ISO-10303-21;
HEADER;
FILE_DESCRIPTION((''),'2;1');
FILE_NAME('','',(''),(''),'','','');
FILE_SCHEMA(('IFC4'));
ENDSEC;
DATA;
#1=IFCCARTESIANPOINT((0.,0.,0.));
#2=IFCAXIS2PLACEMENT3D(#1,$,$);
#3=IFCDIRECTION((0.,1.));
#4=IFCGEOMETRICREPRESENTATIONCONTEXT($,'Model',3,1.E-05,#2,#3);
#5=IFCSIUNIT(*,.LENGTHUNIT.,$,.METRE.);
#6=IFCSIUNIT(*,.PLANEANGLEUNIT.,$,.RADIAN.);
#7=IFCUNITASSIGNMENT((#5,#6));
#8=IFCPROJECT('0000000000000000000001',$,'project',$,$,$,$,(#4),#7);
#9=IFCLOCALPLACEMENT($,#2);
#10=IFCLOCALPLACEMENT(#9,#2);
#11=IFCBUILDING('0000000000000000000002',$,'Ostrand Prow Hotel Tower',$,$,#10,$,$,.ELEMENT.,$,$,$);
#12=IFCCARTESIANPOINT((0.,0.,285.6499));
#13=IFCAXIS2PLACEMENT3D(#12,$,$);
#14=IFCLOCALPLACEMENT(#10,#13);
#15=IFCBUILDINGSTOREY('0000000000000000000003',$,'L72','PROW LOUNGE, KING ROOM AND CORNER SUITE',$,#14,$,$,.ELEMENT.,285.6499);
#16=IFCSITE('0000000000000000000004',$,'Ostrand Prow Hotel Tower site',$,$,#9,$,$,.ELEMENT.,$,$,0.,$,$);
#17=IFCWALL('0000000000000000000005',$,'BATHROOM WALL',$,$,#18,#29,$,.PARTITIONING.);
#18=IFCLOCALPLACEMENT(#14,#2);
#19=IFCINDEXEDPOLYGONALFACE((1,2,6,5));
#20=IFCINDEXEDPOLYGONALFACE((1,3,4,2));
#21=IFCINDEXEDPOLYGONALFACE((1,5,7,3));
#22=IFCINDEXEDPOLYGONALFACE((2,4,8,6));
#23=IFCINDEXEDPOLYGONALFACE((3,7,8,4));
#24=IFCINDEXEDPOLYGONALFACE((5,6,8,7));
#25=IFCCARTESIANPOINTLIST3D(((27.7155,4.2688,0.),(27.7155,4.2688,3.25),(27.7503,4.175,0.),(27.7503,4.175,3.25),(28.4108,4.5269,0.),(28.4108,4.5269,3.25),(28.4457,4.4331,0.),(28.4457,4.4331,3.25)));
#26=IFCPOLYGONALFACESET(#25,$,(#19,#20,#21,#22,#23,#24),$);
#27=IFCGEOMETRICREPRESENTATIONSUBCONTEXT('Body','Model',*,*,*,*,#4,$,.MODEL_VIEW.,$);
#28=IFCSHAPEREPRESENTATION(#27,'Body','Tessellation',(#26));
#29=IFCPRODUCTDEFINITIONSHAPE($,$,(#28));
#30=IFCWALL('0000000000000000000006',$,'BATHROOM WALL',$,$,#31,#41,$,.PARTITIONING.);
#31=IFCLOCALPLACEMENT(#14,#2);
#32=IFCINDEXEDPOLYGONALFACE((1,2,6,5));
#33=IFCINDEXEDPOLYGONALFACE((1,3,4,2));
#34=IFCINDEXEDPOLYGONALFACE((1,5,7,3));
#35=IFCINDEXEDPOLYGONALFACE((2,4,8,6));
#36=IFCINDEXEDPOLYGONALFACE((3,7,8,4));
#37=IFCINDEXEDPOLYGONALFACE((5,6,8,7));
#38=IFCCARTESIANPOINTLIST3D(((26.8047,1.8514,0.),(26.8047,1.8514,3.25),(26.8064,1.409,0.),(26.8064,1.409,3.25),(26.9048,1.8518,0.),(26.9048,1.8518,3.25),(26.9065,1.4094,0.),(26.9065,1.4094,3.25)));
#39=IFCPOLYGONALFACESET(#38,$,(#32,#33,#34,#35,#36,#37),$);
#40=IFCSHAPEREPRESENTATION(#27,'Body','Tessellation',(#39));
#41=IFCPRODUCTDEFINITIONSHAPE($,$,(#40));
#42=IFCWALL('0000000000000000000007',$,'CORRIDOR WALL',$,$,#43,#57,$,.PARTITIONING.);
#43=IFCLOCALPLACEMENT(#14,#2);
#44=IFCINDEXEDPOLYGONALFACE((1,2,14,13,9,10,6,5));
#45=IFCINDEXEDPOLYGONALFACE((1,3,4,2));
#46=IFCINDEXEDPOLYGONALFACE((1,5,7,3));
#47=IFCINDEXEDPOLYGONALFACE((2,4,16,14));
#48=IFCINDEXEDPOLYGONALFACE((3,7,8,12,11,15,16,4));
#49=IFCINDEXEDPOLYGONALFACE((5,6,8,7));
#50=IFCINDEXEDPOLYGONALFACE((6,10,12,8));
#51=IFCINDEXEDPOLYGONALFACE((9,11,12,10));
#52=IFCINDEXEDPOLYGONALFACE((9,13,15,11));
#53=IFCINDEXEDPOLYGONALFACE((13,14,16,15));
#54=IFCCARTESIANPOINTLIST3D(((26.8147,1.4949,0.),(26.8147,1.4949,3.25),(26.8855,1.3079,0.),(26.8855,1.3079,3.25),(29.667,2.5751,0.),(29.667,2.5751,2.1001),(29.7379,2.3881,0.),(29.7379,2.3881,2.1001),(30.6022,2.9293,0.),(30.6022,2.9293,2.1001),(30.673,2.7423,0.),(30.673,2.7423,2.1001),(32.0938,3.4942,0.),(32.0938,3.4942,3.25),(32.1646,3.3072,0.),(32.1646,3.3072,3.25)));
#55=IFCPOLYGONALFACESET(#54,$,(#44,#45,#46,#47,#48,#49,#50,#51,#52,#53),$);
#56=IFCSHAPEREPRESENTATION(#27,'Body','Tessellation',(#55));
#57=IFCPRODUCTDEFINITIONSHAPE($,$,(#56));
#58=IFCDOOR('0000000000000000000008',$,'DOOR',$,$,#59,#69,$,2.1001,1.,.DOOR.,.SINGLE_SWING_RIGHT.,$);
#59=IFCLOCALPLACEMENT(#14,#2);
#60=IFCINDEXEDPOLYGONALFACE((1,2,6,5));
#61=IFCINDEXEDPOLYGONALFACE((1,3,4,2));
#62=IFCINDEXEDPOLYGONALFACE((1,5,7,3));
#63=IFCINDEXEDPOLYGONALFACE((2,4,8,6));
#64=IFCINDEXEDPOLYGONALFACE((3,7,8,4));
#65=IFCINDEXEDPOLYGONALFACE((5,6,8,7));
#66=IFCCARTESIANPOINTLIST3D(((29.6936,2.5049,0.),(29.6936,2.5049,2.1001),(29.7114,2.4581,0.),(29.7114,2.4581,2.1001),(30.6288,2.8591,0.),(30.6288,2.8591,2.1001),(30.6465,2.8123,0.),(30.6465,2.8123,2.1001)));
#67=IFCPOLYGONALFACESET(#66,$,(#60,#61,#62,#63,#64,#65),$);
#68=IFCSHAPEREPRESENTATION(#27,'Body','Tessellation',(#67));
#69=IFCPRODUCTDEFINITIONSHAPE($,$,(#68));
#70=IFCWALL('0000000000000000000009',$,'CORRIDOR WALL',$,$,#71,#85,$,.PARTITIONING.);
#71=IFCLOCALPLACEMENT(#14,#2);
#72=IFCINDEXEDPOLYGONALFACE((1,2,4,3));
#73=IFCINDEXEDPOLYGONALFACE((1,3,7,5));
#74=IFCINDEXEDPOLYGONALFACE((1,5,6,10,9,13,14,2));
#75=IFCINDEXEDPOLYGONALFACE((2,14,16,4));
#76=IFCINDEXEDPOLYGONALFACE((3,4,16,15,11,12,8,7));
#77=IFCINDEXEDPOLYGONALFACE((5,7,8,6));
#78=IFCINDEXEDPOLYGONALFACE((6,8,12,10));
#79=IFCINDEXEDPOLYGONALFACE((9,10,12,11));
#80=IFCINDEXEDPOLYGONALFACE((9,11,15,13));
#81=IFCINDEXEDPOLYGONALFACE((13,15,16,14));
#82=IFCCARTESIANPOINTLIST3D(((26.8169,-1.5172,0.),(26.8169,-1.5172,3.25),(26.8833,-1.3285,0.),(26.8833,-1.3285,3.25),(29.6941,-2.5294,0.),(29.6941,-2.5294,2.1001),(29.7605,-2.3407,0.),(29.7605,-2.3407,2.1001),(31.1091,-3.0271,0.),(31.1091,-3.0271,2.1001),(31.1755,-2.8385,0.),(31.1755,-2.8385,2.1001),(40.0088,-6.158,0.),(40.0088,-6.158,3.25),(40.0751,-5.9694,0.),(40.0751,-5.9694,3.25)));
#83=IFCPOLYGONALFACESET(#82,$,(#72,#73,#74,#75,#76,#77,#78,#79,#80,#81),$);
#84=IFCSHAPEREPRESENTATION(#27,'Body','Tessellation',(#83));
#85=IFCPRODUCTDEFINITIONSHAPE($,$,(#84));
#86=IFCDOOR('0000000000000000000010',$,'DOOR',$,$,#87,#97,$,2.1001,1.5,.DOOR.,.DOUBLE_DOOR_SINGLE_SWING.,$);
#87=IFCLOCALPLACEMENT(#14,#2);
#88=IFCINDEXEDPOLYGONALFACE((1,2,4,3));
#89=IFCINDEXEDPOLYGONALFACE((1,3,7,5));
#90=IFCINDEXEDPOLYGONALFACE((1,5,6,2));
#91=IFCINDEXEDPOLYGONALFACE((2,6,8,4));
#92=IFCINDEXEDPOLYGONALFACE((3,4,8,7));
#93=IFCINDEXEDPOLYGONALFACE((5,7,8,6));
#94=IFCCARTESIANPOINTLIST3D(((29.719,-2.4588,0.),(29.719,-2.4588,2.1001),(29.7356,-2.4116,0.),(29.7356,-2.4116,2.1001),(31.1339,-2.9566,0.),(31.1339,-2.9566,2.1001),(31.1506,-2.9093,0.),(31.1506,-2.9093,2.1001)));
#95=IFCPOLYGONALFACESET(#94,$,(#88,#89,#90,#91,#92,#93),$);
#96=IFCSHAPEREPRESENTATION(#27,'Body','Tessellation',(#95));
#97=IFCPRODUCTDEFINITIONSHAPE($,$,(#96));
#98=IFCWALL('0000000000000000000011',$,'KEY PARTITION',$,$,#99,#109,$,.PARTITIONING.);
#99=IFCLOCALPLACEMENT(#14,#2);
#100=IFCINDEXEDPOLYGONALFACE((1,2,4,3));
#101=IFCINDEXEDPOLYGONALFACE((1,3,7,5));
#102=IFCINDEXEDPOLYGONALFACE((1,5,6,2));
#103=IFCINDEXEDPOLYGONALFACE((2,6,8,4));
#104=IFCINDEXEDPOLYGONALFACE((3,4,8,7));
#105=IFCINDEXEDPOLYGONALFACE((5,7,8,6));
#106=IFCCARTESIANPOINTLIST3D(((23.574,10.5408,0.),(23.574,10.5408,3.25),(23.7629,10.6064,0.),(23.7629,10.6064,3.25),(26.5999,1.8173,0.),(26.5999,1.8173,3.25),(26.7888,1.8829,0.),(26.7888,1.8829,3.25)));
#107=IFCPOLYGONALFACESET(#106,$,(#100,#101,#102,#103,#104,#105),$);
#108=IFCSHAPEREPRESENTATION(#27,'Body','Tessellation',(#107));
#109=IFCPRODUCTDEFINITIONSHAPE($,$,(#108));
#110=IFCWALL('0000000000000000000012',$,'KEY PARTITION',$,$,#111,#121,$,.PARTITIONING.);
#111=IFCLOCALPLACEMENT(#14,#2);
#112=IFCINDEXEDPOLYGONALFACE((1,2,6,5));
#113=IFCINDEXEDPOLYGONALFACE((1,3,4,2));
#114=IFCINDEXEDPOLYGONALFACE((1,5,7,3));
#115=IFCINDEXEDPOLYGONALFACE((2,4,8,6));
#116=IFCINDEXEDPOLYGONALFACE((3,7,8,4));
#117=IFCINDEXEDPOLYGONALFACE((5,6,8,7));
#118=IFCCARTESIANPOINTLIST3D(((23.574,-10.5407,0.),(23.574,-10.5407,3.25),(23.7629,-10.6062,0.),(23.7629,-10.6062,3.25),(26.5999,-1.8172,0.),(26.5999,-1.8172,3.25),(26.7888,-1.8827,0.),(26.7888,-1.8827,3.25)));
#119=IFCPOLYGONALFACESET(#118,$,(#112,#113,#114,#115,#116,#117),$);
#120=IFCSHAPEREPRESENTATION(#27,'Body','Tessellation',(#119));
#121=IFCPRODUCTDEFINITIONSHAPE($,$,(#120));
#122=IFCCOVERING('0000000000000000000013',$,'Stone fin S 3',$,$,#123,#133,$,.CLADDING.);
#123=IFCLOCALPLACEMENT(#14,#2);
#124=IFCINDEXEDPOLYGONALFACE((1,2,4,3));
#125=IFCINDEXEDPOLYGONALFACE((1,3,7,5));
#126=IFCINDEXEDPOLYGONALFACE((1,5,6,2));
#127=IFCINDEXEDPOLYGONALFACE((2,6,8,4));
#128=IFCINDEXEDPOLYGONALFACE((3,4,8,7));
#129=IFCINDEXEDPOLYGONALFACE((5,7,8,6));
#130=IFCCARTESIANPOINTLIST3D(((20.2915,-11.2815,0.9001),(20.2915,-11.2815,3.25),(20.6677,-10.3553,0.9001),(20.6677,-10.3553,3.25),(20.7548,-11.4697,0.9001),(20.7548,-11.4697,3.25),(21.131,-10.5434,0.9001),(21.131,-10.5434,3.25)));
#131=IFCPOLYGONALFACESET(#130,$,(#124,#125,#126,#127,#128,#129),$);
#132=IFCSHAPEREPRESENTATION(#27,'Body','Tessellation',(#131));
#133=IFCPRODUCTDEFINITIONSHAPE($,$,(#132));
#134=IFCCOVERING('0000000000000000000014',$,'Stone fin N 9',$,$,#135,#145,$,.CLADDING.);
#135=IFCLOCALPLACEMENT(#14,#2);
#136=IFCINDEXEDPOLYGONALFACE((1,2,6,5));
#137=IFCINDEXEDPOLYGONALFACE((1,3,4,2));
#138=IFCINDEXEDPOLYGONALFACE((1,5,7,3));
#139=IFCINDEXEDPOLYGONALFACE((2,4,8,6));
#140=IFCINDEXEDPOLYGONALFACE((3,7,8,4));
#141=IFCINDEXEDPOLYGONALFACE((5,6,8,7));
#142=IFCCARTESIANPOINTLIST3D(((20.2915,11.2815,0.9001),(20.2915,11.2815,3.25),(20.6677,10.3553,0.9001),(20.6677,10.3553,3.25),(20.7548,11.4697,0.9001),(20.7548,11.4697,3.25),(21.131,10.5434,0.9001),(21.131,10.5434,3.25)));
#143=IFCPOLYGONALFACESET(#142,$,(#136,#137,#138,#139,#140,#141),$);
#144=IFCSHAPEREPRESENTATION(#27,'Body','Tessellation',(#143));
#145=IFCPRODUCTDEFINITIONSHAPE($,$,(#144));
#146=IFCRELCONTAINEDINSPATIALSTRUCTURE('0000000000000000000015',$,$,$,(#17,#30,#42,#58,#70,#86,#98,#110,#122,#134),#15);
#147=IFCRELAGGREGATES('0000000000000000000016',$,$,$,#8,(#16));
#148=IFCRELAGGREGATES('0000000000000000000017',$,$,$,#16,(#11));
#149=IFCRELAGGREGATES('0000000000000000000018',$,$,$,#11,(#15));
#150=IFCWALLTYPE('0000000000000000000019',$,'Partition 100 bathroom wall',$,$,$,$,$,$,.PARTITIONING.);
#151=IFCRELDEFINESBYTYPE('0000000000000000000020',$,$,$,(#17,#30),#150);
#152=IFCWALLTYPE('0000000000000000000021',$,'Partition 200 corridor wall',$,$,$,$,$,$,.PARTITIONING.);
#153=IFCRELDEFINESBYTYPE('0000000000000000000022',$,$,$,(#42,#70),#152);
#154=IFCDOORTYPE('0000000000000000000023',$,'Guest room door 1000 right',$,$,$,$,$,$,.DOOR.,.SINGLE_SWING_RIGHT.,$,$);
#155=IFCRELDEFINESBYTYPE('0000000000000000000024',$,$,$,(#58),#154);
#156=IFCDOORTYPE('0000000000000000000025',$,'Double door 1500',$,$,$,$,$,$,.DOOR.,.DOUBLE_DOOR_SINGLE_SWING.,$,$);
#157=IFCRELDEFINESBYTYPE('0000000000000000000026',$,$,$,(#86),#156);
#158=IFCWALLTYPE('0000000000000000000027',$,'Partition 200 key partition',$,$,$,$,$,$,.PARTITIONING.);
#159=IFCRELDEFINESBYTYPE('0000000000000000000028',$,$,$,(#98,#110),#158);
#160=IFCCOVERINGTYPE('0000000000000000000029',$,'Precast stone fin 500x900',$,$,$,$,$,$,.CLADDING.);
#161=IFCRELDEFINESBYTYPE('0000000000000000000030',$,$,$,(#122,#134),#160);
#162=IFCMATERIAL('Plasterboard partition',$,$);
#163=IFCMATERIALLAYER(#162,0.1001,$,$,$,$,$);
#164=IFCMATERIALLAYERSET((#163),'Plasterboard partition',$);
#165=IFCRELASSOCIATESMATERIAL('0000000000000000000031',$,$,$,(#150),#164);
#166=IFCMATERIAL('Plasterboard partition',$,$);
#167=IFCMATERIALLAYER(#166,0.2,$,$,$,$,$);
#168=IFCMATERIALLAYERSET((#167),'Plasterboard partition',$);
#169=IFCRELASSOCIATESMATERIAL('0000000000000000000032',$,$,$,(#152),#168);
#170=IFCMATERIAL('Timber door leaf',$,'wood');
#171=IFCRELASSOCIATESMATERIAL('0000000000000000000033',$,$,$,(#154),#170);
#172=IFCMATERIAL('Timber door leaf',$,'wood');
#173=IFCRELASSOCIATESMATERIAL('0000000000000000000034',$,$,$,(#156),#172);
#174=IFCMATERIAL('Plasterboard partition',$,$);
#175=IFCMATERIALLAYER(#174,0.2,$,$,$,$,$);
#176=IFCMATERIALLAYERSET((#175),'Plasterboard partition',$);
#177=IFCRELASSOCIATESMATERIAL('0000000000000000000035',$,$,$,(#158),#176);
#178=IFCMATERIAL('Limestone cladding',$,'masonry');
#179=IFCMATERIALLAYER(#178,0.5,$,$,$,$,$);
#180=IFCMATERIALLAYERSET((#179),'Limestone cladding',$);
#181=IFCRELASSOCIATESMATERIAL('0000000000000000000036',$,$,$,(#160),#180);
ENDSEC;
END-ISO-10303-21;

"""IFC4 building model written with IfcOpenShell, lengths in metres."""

from ifc_helpers import new_model, si_unit, direction, frame, frame_2d, origin, place, context, subcontext, project, spatial, rectangle, extrude, material, layer, layer_set, type_object, element, fill, save


model = new_model("IFC4")

# Units and contexts
model_context = context("Model", 3, precision=1e-05, world=origin(), true_north=direction((0.0, 1.0)))
body_context = subcontext(model_context, "Body", "Model", "MODEL_VIEW")
ifc_project = project(units=[si_unit("LENGTHUNIT", "METRE"), si_unit("PLANEANGLEUNIT", "RADIAN")], contexts=[model_context])

# Site, building, storey
site_placement = place(None, origin())
site = spatial("IfcSite", under=ifc_project, at=site_placement, Name="Ostrand Prow Hotel Tower site", CompositionType="ELEMENT", RefElevation=0.0)
building_placement = place(site_placement, origin())
building = spatial("IfcBuilding", under=site, at=building_placement, Name="Ostrand Prow Hotel Tower", CompositionType="ELEMENT")
storey_placement = place(building_placement, frame((0.0, 0.0, 285.6499)))
storey = spatial("IfcBuildingStorey", under=building, at=storey_placement, Name="L72", Description="PROW LOUNGE, KING ROOM AND CORNER SUITE", CompositionType="ELEMENT", Elevation=285.6499)

# Walls
ifc_material_1 = material(Name="Plasterboard partition")
ifc_layer_1 = layer(ifc_material_1, 0.1001)
ifc_layer_set_1 = layer_set([ifc_layer_1], Name="Plasterboard partition")
wall_type_1 = type_object("IfcWallType", Name="Partition 100 bathroom wall", PredefinedType="PARTITIONING", material=ifc_layer_set_1)
wall_1_placement = place(storey_placement, frame((27.7329, 4.2219, 0.0), z_axis=(0.0, 0.0, 1.0), x_axis=(0.937514, 0.347947, 0.0)))
element("IfcWall", 1, at=wall_1_placement, inside=storey, type_object=wall_type_1, Name="BATHROOM WALL", PredefinedType="PARTITIONING", context=body_context, shape_type="SweptSolid", body=[
    extrude(rectangle(XDim=0.7417, YDim=0.1001, at=frame_2d((0.3708, 0.0))), origin(), (0.0, 0.0, 1.0), 3.25),
])
wall_2_placement = place(storey_placement, frame((26.8564, 1.4092, 0.0), z_axis=(0.0, 0.0, 1.0), x_axis=(-0.003863, 0.999993, 0.0)))
element("IfcWall", 2, at=wall_2_placement, inside=storey, type_object=wall_type_1, Name="BATHROOM WALL", PredefinedType="PARTITIONING", context=body_context, shape_type="SweptSolid", body=[
    extrude(rectangle(XDim=0.4424, YDim=0.1001, at=frame_2d((0.2212, 0.0))), origin(), (0.0, 0.0, 1.0), 3.25),
])

# Walls, openings, doors
ifc_material_2 = material(Name="Plasterboard partition")
ifc_layer_2 = layer(ifc_material_2, 0.2)
ifc_layer_set_2 = layer_set([ifc_layer_2], Name="Plasterboard partition")
wall_type_2 = type_object("IfcWallType", Name="Partition 200 corridor wall", PredefinedType="PARTITIONING", material=ifc_layer_set_2)
wall_3_placement = place(storey_placement, frame((26.8501, 1.4014, 0.0), z_axis=(0.0, 0.0, 1.0), x_axis=(0.935181, 0.354169, 0.0)))
wall_3 = element("IfcWall", 3, at=wall_3_placement, inside=storey, type_object=wall_type_2, Name="CORRIDOR WALL", PredefinedType="PARTITIONING", context=body_context, shape_type="SweptSolid", body=[
    extrude(rectangle(XDim=5.645, YDim=0.2, at=frame_2d((2.8225, 0.0))), origin(), (0.0, 0.0, 1.0), 3.25),
])
opening_1_placement = place(wall_3_placement, frame((3.05, 0.0, 0.0)))
opening_1 = element("IfcOpeningElement", 4, at=opening_1_placement, cuts=wall_3, PredefinedType="OPENING", context=body_context, shape_type="SweptSolid", body=[
    extrude(rectangle(XDim=1.0, YDim=2.1001, at=frame_2d((0.5, 1.05))), frame((0.0, 0.1099, 0.0), z_axis=(0.0, -1.0, 0.0), x_axis=(1.0, 0.0, 0.0)), (0.0, 0.0, 1.0), 0.22),
])
ifc_material_3 = material(Name="Timber door leaf", Category="wood")
door_type_1 = type_object("IfcDoorType", Name="Guest room door 1000 right", OperationType="SINGLE_SWING_RIGHT", PredefinedType="DOOR", material=ifc_material_3)
door_1_placement = place(opening_1_placement, origin())
door_1 = element("IfcDoor", 5, at=door_1_placement, inside=storey, type_object=door_type_1, Name="DOOR", OperationType="SINGLE_SWING_RIGHT", OverallHeight=2.1001, OverallWidth=1.0, PredefinedType="DOOR", context=body_context, shape_type="SweptSolid", body=[
    extrude(rectangle(XDim=1.0, YDim=2.1001, at=frame_2d((0.5, 1.05))), frame((0.0, 0.0249, 0.0), z_axis=(0.0, -1.0, 0.0), x_axis=(1.0, 0.0, 0.0)), (0.0, 0.0, 1.0), 0.05),
])
fill(opening_1, door_1)
wall_4_placement = place(storey_placement, frame((26.8501, -1.4229, 0.0), z_axis=(0.0, 0.0, 1.0), x_axis=(0.943329, -0.33186, 0.0)))
wall_4 = element("IfcWall", 6, at=wall_4_placement, inside=storey, type_object=wall_type_2, Name="CORRIDOR WALL", PredefinedType="PARTITIONING", context=body_context, shape_type="SweptSolid", body=[
    extrude(rectangle(XDim=13.9844, YDim=0.2, at=frame_2d((6.9922, 0.0))), origin(), (0.0, 0.0, 1.0), 3.25),
])
opening_2_placement = place(wall_4_placement, frame((3.05, 0.0, 0.0)))
opening_2 = element("IfcOpeningElement", 7, at=opening_2_placement, cuts=wall_4, PredefinedType="OPENING", context=body_context, shape_type="SweptSolid", body=[
    extrude(rectangle(XDim=1.5, YDim=2.1001, at=frame_2d((0.75, 1.05))), frame((0.0, 0.1099, 0.0), z_axis=(0.0, -1.0, 0.0), x_axis=(1.0, 0.0, 0.0)), (0.0, 0.0, 1.0), 0.22),
])
ifc_material_4 = material(Name="Timber door leaf", Category="wood")
door_type_2 = type_object("IfcDoorType", Name="Double door 1500", OperationType="DOUBLE_DOOR_SINGLE_SWING", PredefinedType="DOOR", material=ifc_material_4)
door_2_placement = place(opening_2_placement, origin())
door_2 = element("IfcDoor", 8, at=door_2_placement, inside=storey, type_object=door_type_2, Name="DOOR", OperationType="DOUBLE_DOOR_SINGLE_SWING", OverallHeight=2.1001, OverallWidth=1.5, PredefinedType="DOOR", context=body_context, shape_type="SweptSolid", body=[
    extrude(rectangle(XDim=1.5, YDim=2.1001, at=frame_2d((0.75, 1.05))), frame((0.0, 0.0249, 0.0), z_axis=(0.0, -1.0, 0.0), x_axis=(1.0, 0.0, 0.0)), (0.0, 0.0, 1.0), 0.05),
])
fill(opening_2, door_2)

# Walls
ifc_material_5 = material(Name="Plasterboard partition")
ifc_layer_3 = layer(ifc_material_5, 0.2)
ifc_layer_set_3 = layer_set([ifc_layer_3], Name="Plasterboard partition")
wall_type_3 = type_object("IfcWallType", Name="Partition 200 key partition", PredefinedType="PARTITIONING", material=ifc_layer_set_3)
for number, where, z_axis, x_axis, name in (
    (9, (26.6943, 1.8501, 0.0), (0.0, 0.0, 1.0), (-0.327714, 0.944777, 0.0), "KEY PARTITION"),
    (10, (23.6685, -10.5735, 0.0), (0.0, 0.0, 1.0), (0.327714, 0.944777, 0.0), "KEY PARTITION"),
):
    element("IfcWall", number, at=place(storey_placement, frame(where, z_axis=z_axis, x_axis=x_axis)), inside=storey, type_object=wall_type_3, Name=name, PredefinedType="PARTITIONING", context=body_context, shape_type="SweptSolid", body=[
        extrude(rectangle(XDim=9.2334, YDim=0.2, at=frame_2d((4.6167, 0.0))), origin(), (0.0, 0.0, 1.0), 3.25),
    ])

# Coverings
ifc_material_6 = material(Name="Limestone cladding", Category="masonry")
ifc_layer_4 = layer(ifc_material_6, 0.5)
ifc_layer_set_4 = layer_set([ifc_layer_4], Name="Limestone cladding")
covering_type = type_object("IfcCoveringType", Name="Precast stone fin 500x900", PredefinedType="CLADDING", material=ifc_layer_set_4)
for number, where, z_axis, x_axis, name in (
    (11, (20.8994, -10.4492, 0.9001), (0.0, 0.0, 1.0), (-0.376312, -0.926493, 0.0), "Stone fin S 3"),
    (12, (20.8994, 10.4492, 0.9001), (0.0, 0.0, 1.0), (-0.376312, 0.926493, 0.0), "Stone fin N 9"),
):
    element("IfcCovering", number, at=place(storey_placement, frame(where, z_axis=z_axis, x_axis=x_axis)), inside=storey, type_object=covering_type, Name=name, PredefinedType="CLADDING", context=body_context, shape_type="SweptSolid", body=[
        extrude(rectangle(XDim=0.9998, YDim=0.5, at=frame_2d((0.5, 0.0))), origin(), (0.0, 0.0, 1.0), 2.3499),
    ])

save(model, "model.ifc")
